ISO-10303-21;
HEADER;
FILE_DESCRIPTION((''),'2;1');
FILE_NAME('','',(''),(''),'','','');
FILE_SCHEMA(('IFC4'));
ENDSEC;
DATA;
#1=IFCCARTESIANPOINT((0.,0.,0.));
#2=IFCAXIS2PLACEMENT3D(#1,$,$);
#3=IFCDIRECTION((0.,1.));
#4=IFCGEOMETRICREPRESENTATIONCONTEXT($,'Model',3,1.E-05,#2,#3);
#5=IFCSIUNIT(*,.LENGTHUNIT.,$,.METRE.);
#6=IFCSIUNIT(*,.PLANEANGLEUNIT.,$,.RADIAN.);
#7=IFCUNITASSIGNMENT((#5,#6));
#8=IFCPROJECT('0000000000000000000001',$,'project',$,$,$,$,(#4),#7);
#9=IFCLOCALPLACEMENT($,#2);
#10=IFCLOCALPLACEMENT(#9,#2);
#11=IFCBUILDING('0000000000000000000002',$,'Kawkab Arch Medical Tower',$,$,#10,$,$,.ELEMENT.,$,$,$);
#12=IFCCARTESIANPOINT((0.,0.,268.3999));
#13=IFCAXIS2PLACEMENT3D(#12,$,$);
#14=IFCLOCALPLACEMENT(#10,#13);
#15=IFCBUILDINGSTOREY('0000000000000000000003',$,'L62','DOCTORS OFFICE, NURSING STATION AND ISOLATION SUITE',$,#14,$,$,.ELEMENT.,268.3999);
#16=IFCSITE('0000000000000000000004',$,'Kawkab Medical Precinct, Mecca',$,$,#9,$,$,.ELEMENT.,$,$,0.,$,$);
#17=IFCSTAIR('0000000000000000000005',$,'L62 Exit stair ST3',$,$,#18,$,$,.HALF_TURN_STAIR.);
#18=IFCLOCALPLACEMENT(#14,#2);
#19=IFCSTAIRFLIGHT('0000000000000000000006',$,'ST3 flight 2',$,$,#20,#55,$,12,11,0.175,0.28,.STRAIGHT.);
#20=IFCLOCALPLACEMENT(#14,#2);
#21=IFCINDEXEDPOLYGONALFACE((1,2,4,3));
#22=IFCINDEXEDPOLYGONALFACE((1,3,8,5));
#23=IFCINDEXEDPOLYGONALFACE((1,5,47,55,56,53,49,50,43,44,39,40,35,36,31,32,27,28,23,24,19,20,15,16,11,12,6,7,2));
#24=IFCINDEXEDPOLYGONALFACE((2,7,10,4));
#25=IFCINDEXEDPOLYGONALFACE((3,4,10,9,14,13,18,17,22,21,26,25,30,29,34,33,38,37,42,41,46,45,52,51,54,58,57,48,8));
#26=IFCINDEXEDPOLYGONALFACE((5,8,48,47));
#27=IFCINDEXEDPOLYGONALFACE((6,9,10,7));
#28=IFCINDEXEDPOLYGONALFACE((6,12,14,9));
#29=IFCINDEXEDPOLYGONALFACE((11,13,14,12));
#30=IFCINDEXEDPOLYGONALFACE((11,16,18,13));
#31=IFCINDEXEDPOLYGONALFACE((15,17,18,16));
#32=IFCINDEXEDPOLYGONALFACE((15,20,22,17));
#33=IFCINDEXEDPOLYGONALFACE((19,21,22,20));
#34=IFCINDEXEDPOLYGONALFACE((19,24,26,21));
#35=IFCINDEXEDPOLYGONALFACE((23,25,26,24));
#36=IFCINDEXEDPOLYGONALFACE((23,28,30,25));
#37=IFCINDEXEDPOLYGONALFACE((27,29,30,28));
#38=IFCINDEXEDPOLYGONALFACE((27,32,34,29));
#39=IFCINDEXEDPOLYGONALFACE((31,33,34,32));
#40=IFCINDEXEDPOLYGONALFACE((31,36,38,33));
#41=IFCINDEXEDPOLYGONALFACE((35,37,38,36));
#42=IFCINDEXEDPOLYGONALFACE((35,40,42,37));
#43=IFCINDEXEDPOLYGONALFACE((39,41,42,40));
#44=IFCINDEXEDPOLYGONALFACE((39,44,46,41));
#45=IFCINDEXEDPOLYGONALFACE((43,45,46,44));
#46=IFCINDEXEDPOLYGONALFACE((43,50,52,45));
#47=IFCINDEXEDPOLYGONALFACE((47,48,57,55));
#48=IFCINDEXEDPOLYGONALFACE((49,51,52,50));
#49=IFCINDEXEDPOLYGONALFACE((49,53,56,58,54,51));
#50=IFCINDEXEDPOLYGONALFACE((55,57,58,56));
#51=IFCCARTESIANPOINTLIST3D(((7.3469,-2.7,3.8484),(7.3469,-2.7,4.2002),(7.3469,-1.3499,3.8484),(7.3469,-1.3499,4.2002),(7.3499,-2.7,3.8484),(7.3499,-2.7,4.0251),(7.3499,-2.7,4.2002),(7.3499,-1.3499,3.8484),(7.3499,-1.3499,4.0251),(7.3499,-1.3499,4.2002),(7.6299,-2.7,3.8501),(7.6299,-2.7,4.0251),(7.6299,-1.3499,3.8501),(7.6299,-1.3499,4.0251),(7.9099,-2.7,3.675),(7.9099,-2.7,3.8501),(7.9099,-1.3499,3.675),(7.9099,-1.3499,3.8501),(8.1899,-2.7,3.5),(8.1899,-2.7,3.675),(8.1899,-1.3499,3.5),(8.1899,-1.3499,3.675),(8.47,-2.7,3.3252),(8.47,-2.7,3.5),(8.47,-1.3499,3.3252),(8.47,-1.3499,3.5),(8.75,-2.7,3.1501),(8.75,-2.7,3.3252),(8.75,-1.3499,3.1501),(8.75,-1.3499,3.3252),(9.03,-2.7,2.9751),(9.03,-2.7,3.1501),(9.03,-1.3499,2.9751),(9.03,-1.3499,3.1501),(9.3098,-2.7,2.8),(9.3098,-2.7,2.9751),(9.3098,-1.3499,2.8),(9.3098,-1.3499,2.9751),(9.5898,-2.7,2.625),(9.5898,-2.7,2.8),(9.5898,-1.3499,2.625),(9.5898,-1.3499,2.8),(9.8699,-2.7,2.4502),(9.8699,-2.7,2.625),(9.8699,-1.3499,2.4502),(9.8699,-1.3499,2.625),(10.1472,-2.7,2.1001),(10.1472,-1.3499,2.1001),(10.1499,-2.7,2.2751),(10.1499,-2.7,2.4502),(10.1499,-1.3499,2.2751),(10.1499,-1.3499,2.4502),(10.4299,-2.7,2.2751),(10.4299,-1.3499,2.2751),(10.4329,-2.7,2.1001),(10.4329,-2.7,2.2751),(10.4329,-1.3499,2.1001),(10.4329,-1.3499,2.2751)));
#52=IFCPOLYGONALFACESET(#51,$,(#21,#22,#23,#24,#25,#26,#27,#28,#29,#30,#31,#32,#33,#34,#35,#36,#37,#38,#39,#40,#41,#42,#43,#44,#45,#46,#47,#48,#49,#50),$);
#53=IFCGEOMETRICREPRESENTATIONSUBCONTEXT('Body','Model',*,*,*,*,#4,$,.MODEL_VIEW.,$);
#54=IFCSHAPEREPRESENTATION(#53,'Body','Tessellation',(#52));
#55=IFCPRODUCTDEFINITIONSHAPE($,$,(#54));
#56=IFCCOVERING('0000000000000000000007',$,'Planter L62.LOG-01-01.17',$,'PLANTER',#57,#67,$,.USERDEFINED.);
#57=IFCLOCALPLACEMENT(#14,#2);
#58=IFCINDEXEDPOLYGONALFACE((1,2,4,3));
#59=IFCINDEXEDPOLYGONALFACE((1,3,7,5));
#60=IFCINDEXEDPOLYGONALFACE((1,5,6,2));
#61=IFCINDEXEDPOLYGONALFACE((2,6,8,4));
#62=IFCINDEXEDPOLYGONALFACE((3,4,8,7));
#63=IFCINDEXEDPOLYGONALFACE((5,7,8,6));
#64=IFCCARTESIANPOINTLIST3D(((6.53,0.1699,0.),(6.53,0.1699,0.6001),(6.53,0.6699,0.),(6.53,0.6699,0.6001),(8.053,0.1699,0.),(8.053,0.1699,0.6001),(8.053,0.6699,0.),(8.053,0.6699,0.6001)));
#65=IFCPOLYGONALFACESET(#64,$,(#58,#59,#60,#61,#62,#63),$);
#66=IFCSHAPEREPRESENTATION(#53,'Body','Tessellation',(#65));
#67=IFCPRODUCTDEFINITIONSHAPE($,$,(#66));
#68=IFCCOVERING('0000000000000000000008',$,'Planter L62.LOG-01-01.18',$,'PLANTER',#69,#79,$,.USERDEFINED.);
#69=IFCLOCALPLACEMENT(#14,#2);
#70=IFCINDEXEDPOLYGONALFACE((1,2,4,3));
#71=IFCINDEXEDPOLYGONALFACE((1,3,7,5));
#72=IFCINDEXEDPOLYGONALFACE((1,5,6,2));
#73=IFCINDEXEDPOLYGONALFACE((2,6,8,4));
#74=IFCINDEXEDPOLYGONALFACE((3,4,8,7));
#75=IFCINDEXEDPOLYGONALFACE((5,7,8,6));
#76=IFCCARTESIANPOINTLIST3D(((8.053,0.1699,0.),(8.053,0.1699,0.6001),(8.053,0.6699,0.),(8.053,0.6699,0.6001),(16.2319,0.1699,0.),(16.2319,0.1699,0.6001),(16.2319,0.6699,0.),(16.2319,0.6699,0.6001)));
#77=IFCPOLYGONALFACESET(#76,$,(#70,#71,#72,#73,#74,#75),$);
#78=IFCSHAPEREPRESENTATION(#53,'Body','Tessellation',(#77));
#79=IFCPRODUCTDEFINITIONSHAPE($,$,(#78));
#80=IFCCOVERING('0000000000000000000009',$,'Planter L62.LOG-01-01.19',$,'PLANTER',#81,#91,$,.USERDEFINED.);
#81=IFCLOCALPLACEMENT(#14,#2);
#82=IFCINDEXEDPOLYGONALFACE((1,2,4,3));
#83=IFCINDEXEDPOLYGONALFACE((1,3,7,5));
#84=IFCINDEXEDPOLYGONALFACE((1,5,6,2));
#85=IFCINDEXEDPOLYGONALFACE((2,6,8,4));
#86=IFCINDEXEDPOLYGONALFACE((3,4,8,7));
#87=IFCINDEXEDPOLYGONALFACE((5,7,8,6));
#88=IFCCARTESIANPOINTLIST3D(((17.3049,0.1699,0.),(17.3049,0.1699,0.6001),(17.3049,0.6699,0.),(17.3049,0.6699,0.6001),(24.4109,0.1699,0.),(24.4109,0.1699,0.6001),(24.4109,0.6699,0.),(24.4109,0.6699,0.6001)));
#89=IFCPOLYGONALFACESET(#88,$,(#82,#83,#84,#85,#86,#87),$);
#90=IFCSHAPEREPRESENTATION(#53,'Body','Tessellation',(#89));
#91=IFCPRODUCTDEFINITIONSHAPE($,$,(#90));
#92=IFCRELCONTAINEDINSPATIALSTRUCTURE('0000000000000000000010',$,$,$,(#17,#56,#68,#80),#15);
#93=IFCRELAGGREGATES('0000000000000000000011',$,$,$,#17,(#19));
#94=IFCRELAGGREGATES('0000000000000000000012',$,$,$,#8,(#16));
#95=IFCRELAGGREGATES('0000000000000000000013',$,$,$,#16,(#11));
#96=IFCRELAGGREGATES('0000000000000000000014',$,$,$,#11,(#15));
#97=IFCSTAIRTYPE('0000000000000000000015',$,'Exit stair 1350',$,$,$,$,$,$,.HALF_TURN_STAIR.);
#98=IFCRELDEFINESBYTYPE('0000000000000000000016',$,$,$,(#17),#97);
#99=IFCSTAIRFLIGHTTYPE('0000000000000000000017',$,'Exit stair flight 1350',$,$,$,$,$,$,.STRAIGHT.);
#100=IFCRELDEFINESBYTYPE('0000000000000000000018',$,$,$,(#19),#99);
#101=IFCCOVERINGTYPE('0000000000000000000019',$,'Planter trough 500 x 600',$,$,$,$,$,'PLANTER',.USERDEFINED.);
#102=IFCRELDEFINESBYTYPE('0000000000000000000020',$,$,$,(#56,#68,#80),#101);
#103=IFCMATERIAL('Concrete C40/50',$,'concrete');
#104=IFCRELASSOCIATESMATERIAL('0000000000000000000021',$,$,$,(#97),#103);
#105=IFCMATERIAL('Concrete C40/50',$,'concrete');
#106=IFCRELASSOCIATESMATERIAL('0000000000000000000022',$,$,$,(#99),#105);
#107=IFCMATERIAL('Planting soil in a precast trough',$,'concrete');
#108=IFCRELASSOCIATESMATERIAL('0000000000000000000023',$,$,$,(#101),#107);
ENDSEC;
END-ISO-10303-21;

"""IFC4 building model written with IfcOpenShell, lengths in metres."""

from ifc_helpers import new_model, si_unit, direction, frame, origin, origin_2d, place, context, subcontext, project, spatial, polyline, rectangle, outline, extrude, material, material_profile, profile_set, type_object, element, aggregate, save


model = new_model("IFC4")

# Units and contexts
model_context = context("Model", 3, precision=1e-05, world=origin(), true_north=direction((0.0, 1.0)))
body_context = subcontext(model_context, "Body", "Model", "MODEL_VIEW")
ifc_project = project(units=[si_unit("LENGTHUNIT", "METRE"), si_unit("PLANEANGLEUNIT", "RADIAN")], contexts=[model_context])

# Site, building, storey
site_placement = place(None, origin())
site = spatial("IfcSite", under=ifc_project, at=site_placement, Name="Kawkab Medical Precinct, Mecca", CompositionType="ELEMENT", RefElevation=0.0)
building_placement = place(site_placement, origin())
building = spatial("IfcBuilding", under=site, at=building_placement, Name="Kawkab Arch Medical Tower", CompositionType="ELEMENT")
storey_placement = place(building_placement, frame((0.0, 0.0, 268.3999)))
storey = spatial("IfcBuildingStorey", under=building, at=storey_placement, Name="L62", Description="DOCTORS OFFICE, NURSING STATION AND ISOLATION SUITE", CompositionType="ELEMENT", Elevation=268.3999)

# Shared definitions
placement = place(storey_placement, origin())

# Stair, stair flight
ifc_material_1 = material(Name="Concrete C40/50", Category="concrete")
stair_type = type_object("IfcStairType", Name="Exit stair 1350", PredefinedType="HALF_TURN_STAIR", material=ifc_material_1)
stair = element("IfcStair", 1, at=placement, inside=storey, type_object=stair_type, Name="L62 Exit stair ST3", PredefinedType="HALF_TURN_STAIR")
ifc_material_2 = material(Name="Concrete C40/50", Category="concrete")
stair_flight_type = type_object("IfcStairFlightType", Name="Exit stair flight 1350", PredefinedType="STRAIGHT", material=ifc_material_2)
stair_flight_placement = place(storey_placement, frame((10.4299, -2.0249, 2.1001), z_axis=(0.0, 0.0, 1.0), x_axis=(-1.0, 0.0, 0.0)))
stair_flight = element("IfcStairFlight", 2, at=stair_flight_placement, type_object=stair_flight_type, Name="ST3 flight 2", NumberOfRisers=12, NumberOfTreads=11, PredefinedType="STRAIGHT", RiserHeight=0.175, TreadLength=0.28, context=body_context, shape_type="SweptSolid", body=[
    extrude(outline(polyline([(-0.0029, 0.0), (-0.0029, 0.175), (0.0, 0.175), (0.28, 0.175), (0.28, 0.3501), (0.5601, 0.3501), (0.5601, 0.5249), (0.8401, 0.5249), (0.8401, 0.7), (1.1201, 0.7), (1.1201, 0.875), (1.3999, 0.875), (1.3999, 1.05), (1.6799, 1.05), (1.6799, 1.2251), (1.96, 1.2251), (1.96, 1.3999), (2.24, 1.3999), (2.24, 1.575), (2.52, 1.575), (2.52, 1.75), (2.8, 1.75), (2.8, 1.925), (3.0801, 1.925), (3.0801, 2.1001), (3.083, 2.1001), (3.083, 1.7483), (3.0801, 1.7483), (0.2827, 0.0), (-0.0029, 0.0)])), frame((0.0, 0.675, 0.0), z_axis=(0.0, -1.0, 0.0), x_axis=(1.0, 0.0, 0.0)), (0.0, 0.0, 1.0), 1.3501),
])
aggregate(stair, [stair_flight])

# Coverings
ifc_material_3 = material(Name="Planting soil in a precast trough", Category="concrete")
ifc_material_profile_1 = material_profile(ifc_material_3, rectangle(XDim=0.5, YDim=0.6001, at=origin_2d()), Name="Trough 500x600")
ifc_profile_set_1 = profile_set([ifc_material_profile_1], Name="Planting soil in a precast trough")
covering_type = type_object("IfcCoveringType", Name="Planter trough 500 x 600", ElementType="PLANTER", PredefinedType="USERDEFINED", material=ifc_profile_set_1)
covering_1_placement = place(storey_placement, frame((6.53, 0.4199, 0.3), z_axis=(1.0, 0.0, 0.0), x_axis=(0.0, 1.0, 0.0)))
element("IfcCovering", 3, at=covering_1_placement, inside=storey, type_object=covering_type, Name="Planter L62.LOG-01-01.17", ObjectType="PLANTER", PredefinedType="USERDEFINED", context=body_context, shape_type="SweptSolid", body=[
    extrude(rectangle(XDim=0.5, YDim=0.6001, at=origin_2d()), origin(), (0.0, 0.0, 1.0), 1.5229),
])
covering_2_placement = place(storey_placement, frame((8.053, 0.4199, 0.3), z_axis=(1.0, 0.0, 0.0), x_axis=(0.0, 1.0, 0.0)))
element("IfcCovering", 4, at=covering_2_placement, inside=storey, type_object=covering_type, Name="Planter L62.LOG-01-01.18", ObjectType="PLANTER", PredefinedType="USERDEFINED", context=body_context, shape_type="SweptSolid", body=[
    extrude(rectangle(XDim=0.5, YDim=0.6001, at=origin_2d()), origin(), (0.0, 0.0, 1.0), 8.179),
])
covering_3_placement = place(storey_placement, frame((17.3049, 0.4199, 0.3), z_axis=(1.0, 0.0, 0.0), x_axis=(0.0, 1.0, 0.0)))
element("IfcCovering", 5, at=covering_3_placement, inside=storey, type_object=covering_type, Name="Planter L62.LOG-01-01.19", ObjectType="PLANTER", PredefinedType="USERDEFINED", context=body_context, shape_type="SweptSolid", body=[
    extrude(rectangle(XDim=0.5, YDim=0.6001, at=origin_2d()), origin(), (0.0, 0.0, 1.0), 7.106),
])

save(model, "model.ifc")
